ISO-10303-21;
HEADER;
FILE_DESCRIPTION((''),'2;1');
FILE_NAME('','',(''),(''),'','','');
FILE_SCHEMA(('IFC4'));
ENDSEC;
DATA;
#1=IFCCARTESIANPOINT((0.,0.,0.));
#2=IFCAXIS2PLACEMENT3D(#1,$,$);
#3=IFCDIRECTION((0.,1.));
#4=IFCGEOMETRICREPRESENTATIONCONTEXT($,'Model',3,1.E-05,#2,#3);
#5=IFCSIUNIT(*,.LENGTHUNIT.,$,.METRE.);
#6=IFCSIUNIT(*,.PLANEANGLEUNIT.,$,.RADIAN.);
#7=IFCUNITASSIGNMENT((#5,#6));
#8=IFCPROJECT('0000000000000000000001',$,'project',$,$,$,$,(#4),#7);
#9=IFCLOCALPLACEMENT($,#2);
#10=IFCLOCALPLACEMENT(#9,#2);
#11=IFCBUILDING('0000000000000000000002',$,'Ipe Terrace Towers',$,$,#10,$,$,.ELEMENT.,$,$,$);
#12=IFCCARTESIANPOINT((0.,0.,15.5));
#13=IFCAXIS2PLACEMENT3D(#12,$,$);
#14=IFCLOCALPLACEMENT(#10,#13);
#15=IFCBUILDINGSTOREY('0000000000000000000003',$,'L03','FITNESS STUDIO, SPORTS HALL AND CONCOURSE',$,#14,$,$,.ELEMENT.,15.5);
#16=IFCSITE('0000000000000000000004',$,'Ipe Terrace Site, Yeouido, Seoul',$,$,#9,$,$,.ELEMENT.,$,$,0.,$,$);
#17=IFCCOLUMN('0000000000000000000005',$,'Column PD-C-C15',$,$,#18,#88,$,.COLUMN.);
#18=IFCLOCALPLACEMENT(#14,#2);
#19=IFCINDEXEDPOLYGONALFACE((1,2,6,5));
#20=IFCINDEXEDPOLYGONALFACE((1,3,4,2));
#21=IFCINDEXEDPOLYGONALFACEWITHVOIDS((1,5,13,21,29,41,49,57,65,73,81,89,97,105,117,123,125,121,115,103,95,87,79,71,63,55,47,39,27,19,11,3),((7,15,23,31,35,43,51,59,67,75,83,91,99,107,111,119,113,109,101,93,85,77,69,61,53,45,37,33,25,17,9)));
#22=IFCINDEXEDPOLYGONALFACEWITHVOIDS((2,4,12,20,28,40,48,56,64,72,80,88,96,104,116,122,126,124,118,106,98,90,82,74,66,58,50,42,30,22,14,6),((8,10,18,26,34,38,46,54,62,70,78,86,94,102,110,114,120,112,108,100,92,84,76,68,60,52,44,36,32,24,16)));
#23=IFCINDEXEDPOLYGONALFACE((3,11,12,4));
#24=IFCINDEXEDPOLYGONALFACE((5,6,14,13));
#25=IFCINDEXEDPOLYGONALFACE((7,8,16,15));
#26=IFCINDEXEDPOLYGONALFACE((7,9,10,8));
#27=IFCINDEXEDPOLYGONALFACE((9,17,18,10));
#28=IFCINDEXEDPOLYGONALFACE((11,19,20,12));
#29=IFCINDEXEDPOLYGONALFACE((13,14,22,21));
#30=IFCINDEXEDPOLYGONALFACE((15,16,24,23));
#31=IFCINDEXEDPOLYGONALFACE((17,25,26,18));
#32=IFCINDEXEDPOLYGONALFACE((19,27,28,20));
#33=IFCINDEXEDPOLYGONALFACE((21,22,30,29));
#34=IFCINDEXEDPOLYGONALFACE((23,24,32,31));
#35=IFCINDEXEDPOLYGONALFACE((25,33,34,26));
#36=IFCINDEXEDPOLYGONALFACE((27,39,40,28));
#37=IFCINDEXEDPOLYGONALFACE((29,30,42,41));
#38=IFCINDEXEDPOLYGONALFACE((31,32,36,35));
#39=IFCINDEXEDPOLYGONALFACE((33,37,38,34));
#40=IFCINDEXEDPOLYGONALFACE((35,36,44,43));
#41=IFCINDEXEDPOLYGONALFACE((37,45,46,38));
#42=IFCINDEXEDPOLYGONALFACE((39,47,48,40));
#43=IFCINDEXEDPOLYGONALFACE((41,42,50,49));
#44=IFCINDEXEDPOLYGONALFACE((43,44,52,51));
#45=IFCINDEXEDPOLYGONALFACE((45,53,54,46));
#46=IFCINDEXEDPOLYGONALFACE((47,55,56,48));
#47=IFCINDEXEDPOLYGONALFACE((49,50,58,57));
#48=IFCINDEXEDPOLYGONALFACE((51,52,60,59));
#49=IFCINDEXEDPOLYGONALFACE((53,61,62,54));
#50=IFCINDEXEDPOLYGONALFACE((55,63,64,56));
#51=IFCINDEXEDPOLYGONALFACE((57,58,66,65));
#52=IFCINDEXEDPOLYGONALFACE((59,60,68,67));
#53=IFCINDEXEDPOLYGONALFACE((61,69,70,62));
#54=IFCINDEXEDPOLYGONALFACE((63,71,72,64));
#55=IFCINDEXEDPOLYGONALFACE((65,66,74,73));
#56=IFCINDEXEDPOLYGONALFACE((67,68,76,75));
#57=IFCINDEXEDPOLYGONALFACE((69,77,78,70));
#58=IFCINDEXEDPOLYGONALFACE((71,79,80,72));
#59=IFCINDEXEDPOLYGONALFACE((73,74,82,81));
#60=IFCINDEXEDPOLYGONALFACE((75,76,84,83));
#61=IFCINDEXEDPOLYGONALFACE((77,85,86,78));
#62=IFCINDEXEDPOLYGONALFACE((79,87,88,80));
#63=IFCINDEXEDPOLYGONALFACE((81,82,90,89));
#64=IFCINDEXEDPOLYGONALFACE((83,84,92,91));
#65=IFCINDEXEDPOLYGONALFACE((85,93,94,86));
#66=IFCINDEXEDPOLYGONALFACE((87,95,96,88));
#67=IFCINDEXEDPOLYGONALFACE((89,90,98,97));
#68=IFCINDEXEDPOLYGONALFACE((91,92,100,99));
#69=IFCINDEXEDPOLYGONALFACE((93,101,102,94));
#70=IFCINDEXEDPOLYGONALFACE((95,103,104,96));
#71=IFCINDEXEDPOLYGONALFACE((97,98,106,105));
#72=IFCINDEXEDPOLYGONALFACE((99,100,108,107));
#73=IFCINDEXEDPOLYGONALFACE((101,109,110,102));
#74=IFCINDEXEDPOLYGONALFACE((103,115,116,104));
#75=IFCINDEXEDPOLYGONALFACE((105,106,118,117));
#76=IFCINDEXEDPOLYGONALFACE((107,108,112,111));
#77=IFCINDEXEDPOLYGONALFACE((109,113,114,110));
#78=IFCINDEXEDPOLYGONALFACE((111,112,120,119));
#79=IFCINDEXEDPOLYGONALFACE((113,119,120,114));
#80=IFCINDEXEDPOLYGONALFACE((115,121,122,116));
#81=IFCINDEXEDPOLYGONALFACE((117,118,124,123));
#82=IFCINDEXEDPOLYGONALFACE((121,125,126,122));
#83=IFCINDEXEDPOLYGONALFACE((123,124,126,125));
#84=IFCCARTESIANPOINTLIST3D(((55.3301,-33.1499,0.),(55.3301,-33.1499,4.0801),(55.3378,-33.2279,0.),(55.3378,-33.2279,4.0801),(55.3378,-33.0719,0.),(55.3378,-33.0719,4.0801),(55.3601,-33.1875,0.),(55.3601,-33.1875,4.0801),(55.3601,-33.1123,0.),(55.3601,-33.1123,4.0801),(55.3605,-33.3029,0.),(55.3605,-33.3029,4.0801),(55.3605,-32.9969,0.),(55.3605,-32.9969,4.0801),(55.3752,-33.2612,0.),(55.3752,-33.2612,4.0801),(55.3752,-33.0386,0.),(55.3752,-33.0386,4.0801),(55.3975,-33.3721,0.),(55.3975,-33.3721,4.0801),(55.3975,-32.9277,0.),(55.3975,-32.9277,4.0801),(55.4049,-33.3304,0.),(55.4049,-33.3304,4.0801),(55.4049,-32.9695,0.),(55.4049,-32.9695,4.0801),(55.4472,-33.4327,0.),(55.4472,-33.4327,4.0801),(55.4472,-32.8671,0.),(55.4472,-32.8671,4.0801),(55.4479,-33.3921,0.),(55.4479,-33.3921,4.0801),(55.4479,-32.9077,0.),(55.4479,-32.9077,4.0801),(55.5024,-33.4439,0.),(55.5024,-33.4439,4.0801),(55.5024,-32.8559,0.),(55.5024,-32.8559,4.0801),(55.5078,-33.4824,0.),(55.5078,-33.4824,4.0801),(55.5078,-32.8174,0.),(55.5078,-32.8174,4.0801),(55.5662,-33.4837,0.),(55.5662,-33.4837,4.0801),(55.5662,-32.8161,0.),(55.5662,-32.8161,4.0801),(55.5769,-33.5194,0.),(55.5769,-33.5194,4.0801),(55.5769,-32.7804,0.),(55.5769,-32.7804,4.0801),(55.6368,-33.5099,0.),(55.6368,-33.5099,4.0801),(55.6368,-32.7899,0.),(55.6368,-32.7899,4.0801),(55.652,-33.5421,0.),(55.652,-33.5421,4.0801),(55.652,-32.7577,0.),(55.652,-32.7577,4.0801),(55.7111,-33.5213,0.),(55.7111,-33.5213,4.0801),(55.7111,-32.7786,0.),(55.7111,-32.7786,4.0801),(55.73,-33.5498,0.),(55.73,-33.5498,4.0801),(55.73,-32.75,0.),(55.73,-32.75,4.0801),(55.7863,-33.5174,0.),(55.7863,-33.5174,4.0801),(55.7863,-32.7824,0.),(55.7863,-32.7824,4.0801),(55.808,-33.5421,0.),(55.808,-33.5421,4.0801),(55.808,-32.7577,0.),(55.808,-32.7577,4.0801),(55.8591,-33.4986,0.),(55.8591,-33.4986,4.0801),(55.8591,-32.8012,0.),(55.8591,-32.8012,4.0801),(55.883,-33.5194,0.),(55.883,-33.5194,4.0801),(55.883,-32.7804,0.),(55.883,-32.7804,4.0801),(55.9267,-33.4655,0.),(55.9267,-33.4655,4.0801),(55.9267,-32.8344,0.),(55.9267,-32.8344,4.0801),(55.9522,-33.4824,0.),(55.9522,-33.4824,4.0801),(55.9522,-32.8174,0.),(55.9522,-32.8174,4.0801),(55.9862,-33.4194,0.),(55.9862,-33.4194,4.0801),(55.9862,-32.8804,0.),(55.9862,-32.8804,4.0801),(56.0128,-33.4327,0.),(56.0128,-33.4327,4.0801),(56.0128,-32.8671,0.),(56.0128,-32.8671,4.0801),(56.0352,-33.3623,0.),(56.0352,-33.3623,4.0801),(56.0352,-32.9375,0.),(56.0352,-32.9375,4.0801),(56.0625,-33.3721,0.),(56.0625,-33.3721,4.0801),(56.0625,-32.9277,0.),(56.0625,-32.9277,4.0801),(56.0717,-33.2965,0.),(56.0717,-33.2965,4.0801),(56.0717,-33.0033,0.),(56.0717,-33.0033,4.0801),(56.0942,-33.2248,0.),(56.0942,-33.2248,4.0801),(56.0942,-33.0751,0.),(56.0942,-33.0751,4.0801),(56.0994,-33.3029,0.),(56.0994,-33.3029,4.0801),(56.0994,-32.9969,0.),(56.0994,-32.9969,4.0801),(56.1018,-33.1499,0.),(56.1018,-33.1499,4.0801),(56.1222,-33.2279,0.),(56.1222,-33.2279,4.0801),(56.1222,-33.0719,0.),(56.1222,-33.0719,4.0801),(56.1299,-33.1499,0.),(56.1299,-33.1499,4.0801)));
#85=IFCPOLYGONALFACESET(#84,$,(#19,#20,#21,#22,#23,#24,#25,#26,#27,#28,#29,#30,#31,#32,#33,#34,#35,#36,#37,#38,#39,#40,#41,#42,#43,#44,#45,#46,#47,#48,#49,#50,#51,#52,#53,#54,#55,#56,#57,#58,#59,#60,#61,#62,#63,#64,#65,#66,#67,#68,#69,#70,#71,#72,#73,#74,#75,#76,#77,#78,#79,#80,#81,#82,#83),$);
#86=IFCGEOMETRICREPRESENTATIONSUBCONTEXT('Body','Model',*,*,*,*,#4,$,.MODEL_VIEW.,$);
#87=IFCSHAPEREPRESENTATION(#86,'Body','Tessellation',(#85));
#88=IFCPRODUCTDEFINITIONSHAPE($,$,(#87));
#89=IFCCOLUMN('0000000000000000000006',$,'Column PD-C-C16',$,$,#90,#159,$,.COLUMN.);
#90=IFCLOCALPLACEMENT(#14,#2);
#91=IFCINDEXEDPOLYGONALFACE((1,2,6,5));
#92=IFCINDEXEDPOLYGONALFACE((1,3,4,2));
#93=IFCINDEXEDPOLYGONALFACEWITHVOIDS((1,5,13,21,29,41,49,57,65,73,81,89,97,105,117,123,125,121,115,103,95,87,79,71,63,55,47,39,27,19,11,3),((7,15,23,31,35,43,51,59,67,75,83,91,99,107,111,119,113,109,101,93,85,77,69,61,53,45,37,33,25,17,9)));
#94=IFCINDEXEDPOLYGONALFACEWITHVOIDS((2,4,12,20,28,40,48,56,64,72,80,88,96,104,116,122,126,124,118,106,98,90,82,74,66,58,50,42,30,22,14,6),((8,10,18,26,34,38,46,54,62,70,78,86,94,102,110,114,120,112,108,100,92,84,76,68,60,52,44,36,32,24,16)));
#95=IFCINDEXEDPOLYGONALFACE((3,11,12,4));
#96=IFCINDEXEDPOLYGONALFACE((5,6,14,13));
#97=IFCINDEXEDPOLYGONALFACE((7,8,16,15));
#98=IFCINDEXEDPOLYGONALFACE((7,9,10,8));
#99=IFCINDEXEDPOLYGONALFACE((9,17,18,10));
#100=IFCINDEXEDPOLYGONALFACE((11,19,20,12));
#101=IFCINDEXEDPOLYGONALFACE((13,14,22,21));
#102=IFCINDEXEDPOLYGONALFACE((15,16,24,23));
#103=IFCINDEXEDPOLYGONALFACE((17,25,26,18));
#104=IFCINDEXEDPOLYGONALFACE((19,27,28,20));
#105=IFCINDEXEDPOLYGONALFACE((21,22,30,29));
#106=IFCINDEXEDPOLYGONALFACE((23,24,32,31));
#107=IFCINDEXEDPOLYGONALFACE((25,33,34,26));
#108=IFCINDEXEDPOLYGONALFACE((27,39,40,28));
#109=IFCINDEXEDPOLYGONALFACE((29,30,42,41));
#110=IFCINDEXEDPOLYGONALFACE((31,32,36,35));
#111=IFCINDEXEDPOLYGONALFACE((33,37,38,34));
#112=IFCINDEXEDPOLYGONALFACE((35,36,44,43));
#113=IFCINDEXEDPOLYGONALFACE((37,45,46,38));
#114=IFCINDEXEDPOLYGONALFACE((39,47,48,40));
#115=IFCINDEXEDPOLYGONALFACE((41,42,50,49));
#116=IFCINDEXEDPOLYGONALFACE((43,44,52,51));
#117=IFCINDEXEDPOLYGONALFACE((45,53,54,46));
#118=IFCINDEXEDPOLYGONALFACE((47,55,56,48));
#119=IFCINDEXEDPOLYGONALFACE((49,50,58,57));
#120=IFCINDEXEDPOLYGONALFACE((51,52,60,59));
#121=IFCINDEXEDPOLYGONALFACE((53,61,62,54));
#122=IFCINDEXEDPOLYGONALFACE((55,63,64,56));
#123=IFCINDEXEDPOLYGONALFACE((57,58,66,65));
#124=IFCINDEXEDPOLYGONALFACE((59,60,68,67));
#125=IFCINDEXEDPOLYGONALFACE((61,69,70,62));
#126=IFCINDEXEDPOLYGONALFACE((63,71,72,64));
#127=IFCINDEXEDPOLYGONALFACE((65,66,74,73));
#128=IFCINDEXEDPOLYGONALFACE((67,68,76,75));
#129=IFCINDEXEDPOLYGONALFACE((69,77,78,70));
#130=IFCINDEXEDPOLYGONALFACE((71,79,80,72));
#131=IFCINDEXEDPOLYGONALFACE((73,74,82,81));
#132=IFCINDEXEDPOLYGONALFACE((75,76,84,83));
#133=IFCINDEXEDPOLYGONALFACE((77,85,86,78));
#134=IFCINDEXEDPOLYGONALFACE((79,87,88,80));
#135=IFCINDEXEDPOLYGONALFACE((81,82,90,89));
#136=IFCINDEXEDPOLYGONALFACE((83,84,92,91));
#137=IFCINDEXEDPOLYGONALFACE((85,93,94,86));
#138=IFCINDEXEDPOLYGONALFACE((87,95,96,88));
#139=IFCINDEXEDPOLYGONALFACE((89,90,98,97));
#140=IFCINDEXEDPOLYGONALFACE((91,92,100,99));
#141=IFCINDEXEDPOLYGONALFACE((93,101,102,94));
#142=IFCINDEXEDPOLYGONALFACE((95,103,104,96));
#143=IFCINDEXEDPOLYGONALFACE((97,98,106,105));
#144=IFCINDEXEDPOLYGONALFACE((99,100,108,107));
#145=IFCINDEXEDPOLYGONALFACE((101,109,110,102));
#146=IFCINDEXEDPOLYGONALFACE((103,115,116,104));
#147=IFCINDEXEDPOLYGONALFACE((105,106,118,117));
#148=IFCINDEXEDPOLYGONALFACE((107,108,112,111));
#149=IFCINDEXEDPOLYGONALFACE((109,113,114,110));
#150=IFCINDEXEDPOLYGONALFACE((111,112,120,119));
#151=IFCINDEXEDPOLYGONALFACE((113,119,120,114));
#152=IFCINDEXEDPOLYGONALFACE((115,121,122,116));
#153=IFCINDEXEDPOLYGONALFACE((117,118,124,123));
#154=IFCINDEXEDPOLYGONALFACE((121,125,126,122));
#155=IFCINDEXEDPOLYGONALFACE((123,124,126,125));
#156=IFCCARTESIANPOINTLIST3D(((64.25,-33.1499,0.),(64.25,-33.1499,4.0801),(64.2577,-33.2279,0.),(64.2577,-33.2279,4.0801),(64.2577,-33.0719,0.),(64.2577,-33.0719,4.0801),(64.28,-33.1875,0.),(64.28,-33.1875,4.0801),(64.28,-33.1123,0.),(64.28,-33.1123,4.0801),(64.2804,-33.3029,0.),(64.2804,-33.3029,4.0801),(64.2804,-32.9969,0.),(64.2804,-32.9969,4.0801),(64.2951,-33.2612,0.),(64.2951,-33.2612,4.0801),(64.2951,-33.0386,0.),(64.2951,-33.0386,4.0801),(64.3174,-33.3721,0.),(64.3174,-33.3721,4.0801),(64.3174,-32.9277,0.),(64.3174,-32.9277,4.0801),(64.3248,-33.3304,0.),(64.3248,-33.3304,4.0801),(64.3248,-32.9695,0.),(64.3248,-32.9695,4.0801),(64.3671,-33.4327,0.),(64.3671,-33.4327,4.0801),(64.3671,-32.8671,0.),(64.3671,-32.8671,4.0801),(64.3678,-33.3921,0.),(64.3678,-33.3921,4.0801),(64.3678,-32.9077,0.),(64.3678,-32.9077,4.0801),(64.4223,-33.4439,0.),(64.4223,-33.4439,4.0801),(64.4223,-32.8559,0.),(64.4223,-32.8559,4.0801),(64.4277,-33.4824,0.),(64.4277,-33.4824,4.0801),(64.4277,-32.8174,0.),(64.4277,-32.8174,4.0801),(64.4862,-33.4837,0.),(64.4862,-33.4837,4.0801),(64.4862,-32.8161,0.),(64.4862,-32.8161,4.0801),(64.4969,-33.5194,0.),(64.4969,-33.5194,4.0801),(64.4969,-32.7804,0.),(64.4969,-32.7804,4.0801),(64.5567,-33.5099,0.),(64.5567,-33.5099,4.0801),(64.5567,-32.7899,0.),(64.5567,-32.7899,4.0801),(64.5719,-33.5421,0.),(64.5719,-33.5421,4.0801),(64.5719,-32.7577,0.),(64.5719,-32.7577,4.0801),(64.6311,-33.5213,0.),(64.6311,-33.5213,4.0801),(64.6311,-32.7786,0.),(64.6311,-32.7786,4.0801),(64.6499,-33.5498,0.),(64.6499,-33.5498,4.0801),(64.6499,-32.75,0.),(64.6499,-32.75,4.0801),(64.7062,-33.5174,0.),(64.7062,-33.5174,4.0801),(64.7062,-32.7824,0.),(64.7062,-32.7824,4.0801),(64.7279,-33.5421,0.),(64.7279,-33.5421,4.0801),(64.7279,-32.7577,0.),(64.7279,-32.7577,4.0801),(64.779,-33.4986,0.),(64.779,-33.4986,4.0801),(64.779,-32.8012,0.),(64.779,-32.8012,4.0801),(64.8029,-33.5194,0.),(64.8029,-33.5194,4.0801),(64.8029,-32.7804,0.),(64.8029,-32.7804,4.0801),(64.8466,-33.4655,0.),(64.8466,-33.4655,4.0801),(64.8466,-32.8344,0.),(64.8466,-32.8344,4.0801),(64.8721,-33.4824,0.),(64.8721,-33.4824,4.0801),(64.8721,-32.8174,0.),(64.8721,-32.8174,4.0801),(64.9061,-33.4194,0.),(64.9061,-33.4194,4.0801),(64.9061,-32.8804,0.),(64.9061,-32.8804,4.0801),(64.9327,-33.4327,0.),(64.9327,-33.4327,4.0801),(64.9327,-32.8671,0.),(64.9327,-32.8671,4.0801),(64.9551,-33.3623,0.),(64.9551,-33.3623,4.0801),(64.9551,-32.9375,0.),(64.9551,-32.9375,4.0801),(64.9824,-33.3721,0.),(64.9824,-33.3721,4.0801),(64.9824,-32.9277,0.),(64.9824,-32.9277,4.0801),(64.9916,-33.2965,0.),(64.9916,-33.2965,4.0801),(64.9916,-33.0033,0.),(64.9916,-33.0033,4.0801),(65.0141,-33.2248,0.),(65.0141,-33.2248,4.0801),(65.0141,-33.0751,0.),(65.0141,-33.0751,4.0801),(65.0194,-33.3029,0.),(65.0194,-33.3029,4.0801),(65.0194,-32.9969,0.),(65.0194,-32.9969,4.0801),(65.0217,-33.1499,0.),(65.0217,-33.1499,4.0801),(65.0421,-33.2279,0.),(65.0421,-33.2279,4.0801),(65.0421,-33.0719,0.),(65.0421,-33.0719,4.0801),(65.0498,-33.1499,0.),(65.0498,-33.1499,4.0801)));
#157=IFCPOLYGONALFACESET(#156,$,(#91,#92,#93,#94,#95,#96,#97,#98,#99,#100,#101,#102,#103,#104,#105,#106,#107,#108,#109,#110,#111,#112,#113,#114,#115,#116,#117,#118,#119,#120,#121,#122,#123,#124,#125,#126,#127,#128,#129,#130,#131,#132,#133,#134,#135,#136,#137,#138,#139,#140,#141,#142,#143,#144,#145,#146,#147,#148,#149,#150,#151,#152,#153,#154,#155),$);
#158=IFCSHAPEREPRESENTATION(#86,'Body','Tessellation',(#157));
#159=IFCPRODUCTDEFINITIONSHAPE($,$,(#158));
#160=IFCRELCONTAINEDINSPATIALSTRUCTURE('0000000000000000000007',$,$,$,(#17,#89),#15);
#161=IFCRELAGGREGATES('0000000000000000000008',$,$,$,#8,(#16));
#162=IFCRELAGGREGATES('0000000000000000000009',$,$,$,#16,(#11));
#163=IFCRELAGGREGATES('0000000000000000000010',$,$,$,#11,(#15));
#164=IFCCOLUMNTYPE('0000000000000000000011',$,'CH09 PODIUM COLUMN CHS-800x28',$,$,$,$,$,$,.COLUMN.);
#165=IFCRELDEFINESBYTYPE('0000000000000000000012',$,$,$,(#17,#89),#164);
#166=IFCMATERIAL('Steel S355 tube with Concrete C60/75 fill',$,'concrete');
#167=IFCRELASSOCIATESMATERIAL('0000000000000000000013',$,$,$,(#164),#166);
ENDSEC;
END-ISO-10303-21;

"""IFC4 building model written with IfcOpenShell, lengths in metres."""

from ifc_helpers import new_model, si_unit, direction, frame, origin, origin_2d, place, context, subcontext, project, spatial, hollow_circle, extrude, material, material_profile, profile_set, type_object, element, save


model = new_model("IFC4")

# Units and contexts
model_context = context("Model", 3, precision=1e-05, world=origin(), true_north=direction((0.0, 1.0)))
body_context = subcontext(model_context, "Body", "Model", "MODEL_VIEW")
ifc_project = project(units=[si_unit("LENGTHUNIT", "METRE"), si_unit("PLANEANGLEUNIT", "RADIAN")], contexts=[model_context])

# Site, building, storey
site_placement = place(None, origin())
site = spatial("IfcSite", under=ifc_project, at=site_placement, Name="Ipe Terrace Site, Yeouido, Seoul", CompositionType="ELEMENT", RefElevation=0.0)
building_placement = place(site_placement, origin())
building = spatial("IfcBuilding", under=site, at=building_placement, Name="Ipe Terrace Towers", CompositionType="ELEMENT")
storey_placement = place(building_placement, frame((0.0, 0.0, 15.5)))
storey = spatial("IfcBuildingStorey", under=building, at=storey_placement, Name="L03", Description="FITNESS STUDIO, SPORTS HALL AND CONCOURSE", CompositionType="ELEMENT", Elevation=15.5)

# Columns
ifc_material_1 = material(Name="Steel S355 tube with Concrete C60/75 fill", Category="concrete")
ifc_material_profile_1 = material_profile(ifc_material_1, hollow_circle(Radius=0.3999, WallThickness=0.0281, at=origin_2d()), Name="CHS-800x28")
ifc_profile_set_1 = profile_set([ifc_material_profile_1], Name="Steel S355 tube with Concrete C60/75 fill")
column_type = type_object("IfcColumnType", Name="CH09 PODIUM COLUMN CHS-800x28", PredefinedType="COLUMN", material=ifc_profile_set_1)
for number, where, z_axis, x_axis, name in (
    (1, (55.73, -33.1499, 0.0), (0.0, 0.0, 1.0), (1.0, 0.0, 0.0), "Column PD-C-C15"),
    (2, (64.6499, -33.1499, 0.0), (0.0, 0.0, 1.0), (1.0, 0.0, 0.0), "Column PD-C-C16"),
):
    element("IfcColumn", number, at=place(storey_placement, frame(where, z_axis=z_axis, x_axis=x_axis)), inside=storey, type_object=column_type, Name=name, PredefinedType="COLUMN", context=body_context, shape_type="SweptSolid", body=[
        extrude(hollow_circle(Radius=0.3999, WallThickness=0.0281, at=origin_2d()), origin(), (0.0, 0.0, 1.0), 4.0801),
    ])

save(model, "model.ifc")
